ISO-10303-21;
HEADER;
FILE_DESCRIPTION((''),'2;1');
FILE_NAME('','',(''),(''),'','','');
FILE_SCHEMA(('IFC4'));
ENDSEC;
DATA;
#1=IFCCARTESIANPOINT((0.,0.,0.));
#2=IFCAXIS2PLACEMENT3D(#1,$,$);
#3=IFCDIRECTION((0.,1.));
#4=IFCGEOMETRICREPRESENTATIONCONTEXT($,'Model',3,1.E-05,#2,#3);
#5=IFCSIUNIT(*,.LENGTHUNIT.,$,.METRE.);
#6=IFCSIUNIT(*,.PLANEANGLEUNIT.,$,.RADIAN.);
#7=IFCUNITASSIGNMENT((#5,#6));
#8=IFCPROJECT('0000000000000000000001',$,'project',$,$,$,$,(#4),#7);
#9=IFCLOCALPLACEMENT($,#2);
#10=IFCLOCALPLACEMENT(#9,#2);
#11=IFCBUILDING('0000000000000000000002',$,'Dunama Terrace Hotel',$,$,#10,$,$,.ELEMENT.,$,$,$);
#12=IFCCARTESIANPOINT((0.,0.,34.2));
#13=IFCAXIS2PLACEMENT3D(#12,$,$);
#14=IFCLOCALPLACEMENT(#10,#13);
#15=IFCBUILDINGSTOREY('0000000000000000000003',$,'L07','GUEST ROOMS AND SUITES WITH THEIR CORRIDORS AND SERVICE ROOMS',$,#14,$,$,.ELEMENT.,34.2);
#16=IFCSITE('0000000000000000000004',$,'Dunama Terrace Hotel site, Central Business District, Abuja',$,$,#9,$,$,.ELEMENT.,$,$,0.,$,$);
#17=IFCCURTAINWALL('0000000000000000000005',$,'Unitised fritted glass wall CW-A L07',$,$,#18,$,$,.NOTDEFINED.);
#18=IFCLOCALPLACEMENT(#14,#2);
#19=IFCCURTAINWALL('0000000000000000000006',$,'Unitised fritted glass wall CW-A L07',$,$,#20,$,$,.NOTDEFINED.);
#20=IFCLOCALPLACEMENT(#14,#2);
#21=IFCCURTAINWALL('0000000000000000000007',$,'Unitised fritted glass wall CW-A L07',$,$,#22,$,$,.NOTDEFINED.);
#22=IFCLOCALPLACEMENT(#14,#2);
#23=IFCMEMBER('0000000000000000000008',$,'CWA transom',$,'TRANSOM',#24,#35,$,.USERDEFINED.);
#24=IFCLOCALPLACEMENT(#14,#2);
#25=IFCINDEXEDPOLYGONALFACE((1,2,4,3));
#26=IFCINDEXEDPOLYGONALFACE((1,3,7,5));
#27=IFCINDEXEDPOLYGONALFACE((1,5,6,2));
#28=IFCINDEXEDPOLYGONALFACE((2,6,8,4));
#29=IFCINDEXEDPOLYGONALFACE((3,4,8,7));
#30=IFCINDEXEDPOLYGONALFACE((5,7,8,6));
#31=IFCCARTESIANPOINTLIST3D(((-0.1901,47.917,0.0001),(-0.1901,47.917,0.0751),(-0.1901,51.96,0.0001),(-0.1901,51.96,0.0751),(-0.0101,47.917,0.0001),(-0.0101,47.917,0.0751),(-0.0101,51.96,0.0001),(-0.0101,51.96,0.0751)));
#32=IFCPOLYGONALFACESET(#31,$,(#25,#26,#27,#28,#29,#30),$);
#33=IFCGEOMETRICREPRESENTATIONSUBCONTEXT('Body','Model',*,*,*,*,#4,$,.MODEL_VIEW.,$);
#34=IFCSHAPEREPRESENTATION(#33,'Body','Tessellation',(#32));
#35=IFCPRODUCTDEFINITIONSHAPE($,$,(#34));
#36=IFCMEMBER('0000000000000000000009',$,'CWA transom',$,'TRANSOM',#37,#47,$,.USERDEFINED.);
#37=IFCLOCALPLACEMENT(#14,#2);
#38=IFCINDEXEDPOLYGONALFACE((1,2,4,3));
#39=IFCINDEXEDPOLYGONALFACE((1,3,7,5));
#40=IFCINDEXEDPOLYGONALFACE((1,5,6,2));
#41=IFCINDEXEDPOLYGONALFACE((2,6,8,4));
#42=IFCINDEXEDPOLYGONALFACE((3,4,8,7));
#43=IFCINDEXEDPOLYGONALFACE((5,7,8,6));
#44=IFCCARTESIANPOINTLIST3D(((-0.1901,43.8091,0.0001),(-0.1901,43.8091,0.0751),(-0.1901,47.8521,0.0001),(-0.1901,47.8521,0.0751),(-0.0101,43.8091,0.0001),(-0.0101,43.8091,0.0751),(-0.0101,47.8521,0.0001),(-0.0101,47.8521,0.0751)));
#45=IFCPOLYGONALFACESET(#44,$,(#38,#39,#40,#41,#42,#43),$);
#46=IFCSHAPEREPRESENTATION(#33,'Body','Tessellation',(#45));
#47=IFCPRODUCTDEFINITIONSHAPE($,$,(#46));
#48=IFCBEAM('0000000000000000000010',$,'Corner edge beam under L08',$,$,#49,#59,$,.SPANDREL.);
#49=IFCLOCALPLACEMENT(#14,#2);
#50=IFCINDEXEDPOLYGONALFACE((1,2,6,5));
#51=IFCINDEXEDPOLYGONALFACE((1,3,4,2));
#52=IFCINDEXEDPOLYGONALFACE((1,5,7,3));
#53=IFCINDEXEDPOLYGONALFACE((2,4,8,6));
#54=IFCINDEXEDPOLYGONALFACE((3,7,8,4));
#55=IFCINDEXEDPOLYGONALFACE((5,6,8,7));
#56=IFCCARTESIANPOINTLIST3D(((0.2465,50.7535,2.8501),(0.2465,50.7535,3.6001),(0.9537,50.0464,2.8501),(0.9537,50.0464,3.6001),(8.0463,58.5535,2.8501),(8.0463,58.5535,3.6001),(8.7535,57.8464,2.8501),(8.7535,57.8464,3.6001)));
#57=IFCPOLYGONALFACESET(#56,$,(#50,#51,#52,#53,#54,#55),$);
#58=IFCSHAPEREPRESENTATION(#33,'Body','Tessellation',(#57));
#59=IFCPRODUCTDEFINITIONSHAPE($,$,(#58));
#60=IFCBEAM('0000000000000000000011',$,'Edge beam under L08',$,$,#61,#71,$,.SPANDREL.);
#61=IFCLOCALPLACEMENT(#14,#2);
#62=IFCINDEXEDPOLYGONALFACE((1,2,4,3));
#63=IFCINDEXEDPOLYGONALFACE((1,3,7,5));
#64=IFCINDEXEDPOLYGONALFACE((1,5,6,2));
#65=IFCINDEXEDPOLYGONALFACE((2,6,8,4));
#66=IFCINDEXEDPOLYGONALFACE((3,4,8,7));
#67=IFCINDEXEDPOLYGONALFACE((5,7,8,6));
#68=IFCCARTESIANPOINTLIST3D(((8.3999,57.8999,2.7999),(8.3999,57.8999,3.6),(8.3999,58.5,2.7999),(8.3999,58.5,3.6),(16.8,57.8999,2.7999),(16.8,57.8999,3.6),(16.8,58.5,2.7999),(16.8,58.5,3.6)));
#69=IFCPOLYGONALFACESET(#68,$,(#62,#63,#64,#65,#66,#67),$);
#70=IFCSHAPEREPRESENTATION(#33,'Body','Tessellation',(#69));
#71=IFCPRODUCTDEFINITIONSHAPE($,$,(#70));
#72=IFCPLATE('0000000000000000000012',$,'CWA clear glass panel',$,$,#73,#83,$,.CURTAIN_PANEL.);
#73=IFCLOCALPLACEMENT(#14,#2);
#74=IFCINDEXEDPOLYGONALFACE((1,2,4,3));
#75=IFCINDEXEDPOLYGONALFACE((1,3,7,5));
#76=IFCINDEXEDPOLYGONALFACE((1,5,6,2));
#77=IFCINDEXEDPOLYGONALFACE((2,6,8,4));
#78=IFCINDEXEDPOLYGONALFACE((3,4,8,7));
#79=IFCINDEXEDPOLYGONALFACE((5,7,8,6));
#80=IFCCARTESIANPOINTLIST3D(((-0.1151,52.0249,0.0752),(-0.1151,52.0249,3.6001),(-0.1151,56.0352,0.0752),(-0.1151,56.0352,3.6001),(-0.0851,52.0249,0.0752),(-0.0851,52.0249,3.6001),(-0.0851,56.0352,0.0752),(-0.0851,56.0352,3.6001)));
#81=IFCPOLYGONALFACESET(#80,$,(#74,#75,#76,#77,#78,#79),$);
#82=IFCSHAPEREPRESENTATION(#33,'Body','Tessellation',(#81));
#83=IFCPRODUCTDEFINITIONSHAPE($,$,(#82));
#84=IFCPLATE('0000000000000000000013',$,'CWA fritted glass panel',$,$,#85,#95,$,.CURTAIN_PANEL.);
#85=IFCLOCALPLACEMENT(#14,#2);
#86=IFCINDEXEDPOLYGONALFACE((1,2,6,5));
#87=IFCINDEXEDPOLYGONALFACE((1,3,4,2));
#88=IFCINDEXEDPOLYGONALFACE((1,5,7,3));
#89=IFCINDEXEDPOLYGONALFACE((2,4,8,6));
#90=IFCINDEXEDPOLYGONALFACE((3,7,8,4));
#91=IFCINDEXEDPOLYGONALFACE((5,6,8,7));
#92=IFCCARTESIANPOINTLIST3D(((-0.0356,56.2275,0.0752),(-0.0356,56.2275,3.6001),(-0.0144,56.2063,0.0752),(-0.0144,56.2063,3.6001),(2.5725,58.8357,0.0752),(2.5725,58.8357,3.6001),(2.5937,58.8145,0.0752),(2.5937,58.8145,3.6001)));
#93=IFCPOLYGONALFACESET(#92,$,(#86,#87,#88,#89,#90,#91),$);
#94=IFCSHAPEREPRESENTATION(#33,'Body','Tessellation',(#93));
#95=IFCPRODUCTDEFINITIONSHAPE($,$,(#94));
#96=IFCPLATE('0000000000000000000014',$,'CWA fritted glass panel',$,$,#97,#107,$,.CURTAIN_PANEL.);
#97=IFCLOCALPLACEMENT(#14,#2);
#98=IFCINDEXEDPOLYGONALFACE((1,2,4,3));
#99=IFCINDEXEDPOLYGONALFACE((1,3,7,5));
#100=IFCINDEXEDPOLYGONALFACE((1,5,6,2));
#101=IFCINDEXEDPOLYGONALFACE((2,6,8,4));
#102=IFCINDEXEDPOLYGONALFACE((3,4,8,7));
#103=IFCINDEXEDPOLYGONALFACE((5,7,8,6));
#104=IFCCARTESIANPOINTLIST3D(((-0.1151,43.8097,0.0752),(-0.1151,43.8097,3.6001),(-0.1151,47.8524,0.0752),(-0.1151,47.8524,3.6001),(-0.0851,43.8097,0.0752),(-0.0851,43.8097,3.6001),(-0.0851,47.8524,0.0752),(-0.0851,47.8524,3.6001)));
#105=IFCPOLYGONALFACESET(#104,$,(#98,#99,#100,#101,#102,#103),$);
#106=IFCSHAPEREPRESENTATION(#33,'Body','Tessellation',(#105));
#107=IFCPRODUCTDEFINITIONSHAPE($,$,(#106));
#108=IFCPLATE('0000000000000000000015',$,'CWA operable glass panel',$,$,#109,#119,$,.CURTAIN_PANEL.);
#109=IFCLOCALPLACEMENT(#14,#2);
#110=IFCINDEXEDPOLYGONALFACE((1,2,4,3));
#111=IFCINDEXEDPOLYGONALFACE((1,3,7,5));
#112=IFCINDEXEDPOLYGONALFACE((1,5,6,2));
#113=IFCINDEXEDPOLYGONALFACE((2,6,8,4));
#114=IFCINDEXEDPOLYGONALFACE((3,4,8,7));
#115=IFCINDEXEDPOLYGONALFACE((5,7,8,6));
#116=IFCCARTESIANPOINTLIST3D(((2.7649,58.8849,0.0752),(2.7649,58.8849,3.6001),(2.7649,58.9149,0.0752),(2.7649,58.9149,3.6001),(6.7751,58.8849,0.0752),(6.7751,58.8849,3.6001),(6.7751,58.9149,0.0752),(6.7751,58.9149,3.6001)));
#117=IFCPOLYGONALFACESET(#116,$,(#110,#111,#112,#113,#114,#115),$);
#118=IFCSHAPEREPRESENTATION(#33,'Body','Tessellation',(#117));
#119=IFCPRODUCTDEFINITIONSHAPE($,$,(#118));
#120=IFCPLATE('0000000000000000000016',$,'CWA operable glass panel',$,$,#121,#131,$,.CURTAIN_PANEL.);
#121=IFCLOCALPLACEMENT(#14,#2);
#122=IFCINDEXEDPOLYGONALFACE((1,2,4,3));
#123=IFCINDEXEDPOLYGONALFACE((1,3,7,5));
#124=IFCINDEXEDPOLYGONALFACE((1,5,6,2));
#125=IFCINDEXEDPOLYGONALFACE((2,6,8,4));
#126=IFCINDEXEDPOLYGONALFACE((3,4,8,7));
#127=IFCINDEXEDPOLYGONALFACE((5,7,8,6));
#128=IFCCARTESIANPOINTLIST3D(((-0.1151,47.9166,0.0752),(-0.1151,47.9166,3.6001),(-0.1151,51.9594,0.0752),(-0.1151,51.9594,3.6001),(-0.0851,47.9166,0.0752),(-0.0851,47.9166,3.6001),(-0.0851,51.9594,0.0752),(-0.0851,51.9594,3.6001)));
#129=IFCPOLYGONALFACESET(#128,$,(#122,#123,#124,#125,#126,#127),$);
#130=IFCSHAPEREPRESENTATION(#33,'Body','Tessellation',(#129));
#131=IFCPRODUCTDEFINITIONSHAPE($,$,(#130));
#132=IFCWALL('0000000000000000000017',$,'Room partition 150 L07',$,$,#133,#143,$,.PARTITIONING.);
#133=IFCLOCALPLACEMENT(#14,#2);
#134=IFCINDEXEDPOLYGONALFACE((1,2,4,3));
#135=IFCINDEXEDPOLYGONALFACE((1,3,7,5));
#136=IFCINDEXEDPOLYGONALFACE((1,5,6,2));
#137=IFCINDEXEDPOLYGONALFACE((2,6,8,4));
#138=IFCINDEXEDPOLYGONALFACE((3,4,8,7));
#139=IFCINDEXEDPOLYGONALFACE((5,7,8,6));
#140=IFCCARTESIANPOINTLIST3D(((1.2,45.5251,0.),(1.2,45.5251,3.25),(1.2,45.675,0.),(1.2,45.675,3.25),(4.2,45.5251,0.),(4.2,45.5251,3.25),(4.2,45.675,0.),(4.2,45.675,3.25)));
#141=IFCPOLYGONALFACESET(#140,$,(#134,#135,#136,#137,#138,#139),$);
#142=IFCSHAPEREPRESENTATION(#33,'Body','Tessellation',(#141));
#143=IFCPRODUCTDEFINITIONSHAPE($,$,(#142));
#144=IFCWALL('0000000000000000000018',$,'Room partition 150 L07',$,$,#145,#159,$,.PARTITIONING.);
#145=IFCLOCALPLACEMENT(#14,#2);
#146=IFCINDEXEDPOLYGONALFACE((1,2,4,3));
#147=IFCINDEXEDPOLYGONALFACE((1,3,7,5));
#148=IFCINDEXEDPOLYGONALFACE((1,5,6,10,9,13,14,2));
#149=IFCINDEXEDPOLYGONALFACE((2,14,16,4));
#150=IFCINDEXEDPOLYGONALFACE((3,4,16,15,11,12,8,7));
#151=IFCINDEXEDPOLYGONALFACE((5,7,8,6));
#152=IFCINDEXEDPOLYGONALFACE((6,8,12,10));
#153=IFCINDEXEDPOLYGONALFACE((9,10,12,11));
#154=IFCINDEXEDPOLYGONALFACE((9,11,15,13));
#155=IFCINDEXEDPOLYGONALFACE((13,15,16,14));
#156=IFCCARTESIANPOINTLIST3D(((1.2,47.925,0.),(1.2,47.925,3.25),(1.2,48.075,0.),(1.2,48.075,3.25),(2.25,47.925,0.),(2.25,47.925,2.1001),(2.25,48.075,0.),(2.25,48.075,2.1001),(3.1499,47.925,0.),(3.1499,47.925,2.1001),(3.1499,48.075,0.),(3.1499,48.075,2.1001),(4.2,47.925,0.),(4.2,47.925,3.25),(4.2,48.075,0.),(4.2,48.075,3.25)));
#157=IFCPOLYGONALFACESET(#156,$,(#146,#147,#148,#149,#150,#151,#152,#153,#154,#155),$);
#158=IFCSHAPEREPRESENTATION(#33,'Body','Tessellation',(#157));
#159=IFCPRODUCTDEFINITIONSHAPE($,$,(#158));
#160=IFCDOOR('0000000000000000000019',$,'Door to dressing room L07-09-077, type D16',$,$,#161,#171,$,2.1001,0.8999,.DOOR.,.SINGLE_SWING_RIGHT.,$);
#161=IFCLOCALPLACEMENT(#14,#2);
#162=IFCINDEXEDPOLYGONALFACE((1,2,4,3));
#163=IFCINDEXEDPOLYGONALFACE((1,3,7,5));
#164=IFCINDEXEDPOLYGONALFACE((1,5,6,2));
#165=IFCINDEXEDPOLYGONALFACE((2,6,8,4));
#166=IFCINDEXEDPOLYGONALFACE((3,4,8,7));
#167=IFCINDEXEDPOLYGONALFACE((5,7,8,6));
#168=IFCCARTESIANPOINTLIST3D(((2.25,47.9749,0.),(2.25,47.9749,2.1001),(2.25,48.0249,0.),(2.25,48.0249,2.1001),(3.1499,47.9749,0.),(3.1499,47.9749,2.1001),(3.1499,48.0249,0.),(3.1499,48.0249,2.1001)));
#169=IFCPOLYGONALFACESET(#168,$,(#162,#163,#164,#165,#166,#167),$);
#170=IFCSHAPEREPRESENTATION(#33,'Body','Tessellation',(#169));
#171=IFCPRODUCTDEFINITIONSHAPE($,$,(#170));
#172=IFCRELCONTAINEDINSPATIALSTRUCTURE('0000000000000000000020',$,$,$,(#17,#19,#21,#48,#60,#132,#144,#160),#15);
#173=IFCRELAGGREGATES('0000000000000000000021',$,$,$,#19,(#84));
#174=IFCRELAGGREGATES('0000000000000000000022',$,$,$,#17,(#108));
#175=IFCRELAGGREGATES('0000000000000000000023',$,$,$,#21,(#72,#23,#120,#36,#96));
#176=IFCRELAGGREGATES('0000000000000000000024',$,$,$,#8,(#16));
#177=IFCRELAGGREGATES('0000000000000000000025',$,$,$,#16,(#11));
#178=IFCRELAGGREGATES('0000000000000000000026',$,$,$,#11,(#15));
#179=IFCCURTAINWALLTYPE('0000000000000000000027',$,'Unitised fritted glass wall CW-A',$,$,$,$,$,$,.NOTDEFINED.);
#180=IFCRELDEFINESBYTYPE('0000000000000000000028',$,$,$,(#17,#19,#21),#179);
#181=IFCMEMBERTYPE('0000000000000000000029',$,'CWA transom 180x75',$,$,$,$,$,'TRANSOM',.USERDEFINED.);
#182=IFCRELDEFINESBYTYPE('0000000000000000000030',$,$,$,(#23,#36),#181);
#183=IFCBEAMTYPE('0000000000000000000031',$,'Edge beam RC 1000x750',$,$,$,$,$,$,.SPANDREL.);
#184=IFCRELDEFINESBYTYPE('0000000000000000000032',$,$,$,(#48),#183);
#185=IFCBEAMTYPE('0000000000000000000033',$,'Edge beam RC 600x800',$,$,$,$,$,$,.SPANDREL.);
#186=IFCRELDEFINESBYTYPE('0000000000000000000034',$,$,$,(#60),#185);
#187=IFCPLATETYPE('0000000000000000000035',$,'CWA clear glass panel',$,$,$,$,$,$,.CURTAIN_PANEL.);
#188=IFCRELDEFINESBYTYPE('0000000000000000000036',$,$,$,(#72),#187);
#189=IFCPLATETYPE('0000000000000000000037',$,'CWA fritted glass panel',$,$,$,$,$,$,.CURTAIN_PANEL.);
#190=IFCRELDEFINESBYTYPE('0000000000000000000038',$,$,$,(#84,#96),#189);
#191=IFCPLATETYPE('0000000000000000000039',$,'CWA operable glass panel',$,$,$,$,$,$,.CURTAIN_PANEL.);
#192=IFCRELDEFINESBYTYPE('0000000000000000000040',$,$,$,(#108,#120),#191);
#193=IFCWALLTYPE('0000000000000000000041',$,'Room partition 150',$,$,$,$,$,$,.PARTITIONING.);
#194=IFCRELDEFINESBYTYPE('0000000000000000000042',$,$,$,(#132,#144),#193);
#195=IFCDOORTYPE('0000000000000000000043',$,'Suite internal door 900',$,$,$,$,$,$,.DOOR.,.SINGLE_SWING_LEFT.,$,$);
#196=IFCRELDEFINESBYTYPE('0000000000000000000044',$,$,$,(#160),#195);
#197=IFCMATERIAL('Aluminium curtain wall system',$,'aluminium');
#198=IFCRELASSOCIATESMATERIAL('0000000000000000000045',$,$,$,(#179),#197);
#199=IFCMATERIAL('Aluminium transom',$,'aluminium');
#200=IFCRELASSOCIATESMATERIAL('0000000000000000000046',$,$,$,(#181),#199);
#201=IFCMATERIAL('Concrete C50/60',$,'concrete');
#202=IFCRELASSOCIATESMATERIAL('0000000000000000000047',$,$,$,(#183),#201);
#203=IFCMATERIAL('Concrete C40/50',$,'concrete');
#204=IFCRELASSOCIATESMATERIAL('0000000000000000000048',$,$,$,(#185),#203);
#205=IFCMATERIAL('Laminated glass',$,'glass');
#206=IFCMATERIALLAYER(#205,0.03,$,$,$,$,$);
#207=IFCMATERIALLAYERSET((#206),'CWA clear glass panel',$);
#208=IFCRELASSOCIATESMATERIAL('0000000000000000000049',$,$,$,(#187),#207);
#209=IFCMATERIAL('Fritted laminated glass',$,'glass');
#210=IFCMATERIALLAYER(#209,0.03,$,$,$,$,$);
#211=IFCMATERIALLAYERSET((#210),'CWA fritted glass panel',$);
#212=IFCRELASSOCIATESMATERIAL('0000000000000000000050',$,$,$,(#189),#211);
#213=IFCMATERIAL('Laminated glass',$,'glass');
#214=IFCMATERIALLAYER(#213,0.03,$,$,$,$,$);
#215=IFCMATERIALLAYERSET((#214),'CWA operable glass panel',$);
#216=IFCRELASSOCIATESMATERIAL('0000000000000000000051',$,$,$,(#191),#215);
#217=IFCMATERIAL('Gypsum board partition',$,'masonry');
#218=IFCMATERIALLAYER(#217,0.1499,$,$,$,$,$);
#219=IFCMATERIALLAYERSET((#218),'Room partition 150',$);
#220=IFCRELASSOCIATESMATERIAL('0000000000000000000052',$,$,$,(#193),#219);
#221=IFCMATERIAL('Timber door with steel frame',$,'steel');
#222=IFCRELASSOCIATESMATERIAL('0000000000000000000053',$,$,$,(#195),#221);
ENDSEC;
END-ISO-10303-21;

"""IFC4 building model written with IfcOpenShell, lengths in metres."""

from ifc_helpers import new_model, si_unit, direction, frame, frame_2d, origin, origin_2d, place, context, subcontext, project, spatial, rectangle, extrude, material, layer, layer_set, material_profile, profile_set, type_object, element, fill, aggregate, save


model = new_model("IFC4")

# Units and contexts
model_context = context("Model", 3, precision=1e-05, world=origin(), true_north=direction((0.0, 1.0)))
body_context = subcontext(model_context, "Body", "Model", "MODEL_VIEW")
ifc_project = project(units=[si_unit("LENGTHUNIT", "METRE"), si_unit("PLANEANGLEUNIT", "RADIAN")], contexts=[model_context])

# Site, building, storey
site_placement = place(None, origin())
site = spatial("IfcSite", under=ifc_project, at=site_placement, Name="Dunama Terrace Hotel site, Central Business District, Abuja", CompositionType="ELEMENT", RefElevation=0.0)
building_placement = place(site_placement, origin())
building = spatial("IfcBuilding", under=site, at=building_placement, Name="Dunama Terrace Hotel", CompositionType="ELEMENT")
storey_placement = place(building_placement, frame((0.0, 0.0, 34.2)))
storey = spatial("IfcBuildingStorey", under=building, at=storey_placement, Name="L07", Description="GUEST ROOMS AND SUITES WITH THEIR CORRIDORS AND SERVICE ROOMS", CompositionType="ELEMENT", Elevation=34.2)

# Curtain walls
ifc_material_1 = material(Name="Aluminium curtain wall system", Category="aluminium")
curtain_wall_type = type_object("IfcCurtainWallType", Name="Unitised fritted glass wall CW-A", PredefinedType="NOTDEFINED", material=ifc_material_1)
curtain_wall_1_placement = place(storey_placement, origin())
curtain_wall_1 = element("IfcCurtainWall", 1, at=curtain_wall_1_placement, inside=storey, type_object=curtain_wall_type, Name="Unitised fritted glass wall CW-A L07", PredefinedType="NOTDEFINED")
curtain_wall_2_placement = place(storey_placement, origin())
curtain_wall_2 = element("IfcCurtainWall", 2, at=curtain_wall_2_placement, inside=storey, type_object=curtain_wall_type, Name="Unitised fritted glass wall CW-A L07", PredefinedType="NOTDEFINED")
curtain_wall_3_placement = place(storey_placement, origin())
curtain_wall_3 = element("IfcCurtainWall", 3, at=curtain_wall_3_placement, inside=storey, type_object=curtain_wall_type, Name="Unitised fritted glass wall CW-A L07", PredefinedType="NOTDEFINED")

# Members
ifc_material_2 = material(Name="Aluminium transom", Category="aluminium")
ifc_material_profile_1 = material_profile(ifc_material_2, rectangle(XDim=0.1799, YDim=0.075, at=origin_2d()), Name="CWA TRANSOM 180X75")
ifc_profile_set_1 = profile_set([ifc_material_profile_1], Name="Aluminium transom")
member_type_1 = type_object("IfcMemberType", Name="CWA transom 180x75", ElementType="TRANSOM", PredefinedType="USERDEFINED", material=ifc_profile_set_1)
member_1_placement = place(storey_placement, frame((-0.1001, 51.96, 0.0376), z_axis=(0.0, -1.0, 0.0), x_axis=(1.0, 0.0, 0.0)))
member_1 = element("IfcMember", 4, at=member_1_placement, type_object=member_type_1, Name="CWA transom", ObjectType="TRANSOM", PredefinedType="USERDEFINED", context=body_context, shape_type="SweptSolid", body=[
    extrude(rectangle(XDim=0.1799, YDim=0.075, at=origin_2d()), origin(), (0.0, 0.0, 1.0), 4.043),
])
member_2_placement = place(storey_placement, frame((-0.1001, 47.8521, 0.0376), z_axis=(0.0, -1.0, 0.0), x_axis=(1.0, 0.0, 0.0)))
member_2 = element("IfcMember", 5, at=member_2_placement, type_object=member_type_1, Name="CWA transom", ObjectType="TRANSOM", PredefinedType="USERDEFINED", context=body_context, shape_type="SweptSolid", body=[
    extrude(rectangle(XDim=0.1799, YDim=0.075, at=origin_2d()), origin(), (0.0, 0.0, 1.0), 4.043),
])

# Beams
ifc_material_3 = material(Name="Concrete C50/60", Category="concrete")
ifc_material_profile_2 = material_profile(ifc_material_3, rectangle(XDim=1.0, YDim=0.75, at=origin_2d()), Name="RC 1000x750")
ifc_profile_set_2 = profile_set([ifc_material_profile_2], Name="Concrete C50/60")
beam_type_1 = type_object("IfcBeamType", Name="Edge beam RC 1000x750", PredefinedType="SPANDREL", material=ifc_profile_set_2)
beam_1_placement = place(storey_placement, frame((8.3999, 58.2, 3.2251), z_axis=(-0.707096, -0.707118, 0.0), x_axis=(0.707118, -0.707096, 0.0)))
element("IfcBeam", 6, at=beam_1_placement, inside=storey, type_object=beam_type_1, Name="Corner edge beam under L08", PredefinedType="SPANDREL", context=body_context, shape_type="SweptSolid", body=[
    extrude(rectangle(XDim=1.0, YDim=0.75, at=origin_2d()), origin(), (0.0, 0.0, 1.0), 11.0308),
])
ifc_material_4 = material(Name="Concrete C40/50", Category="concrete")
ifc_material_profile_3 = material_profile(ifc_material_4, rectangle(XDim=0.6001, YDim=0.8, at=origin_2d()), Name="RC 600x800")
ifc_profile_set_3 = profile_set([ifc_material_profile_3], Name="Concrete C40/50")
beam_type_2 = type_object("IfcBeamType", Name="Edge beam RC 600x800", PredefinedType="SPANDREL", material=ifc_profile_set_3)
beam_2_placement = place(storey_placement, frame((8.3999, 58.2, 3.2), z_axis=(1.0, 0.0, 0.0), x_axis=(0.0, 1.0, 0.0)))
element("IfcBeam", 7, at=beam_2_placement, inside=storey, type_object=beam_type_2, Name="Edge beam under L08", PredefinedType="SPANDREL", context=body_context, shape_type="SweptSolid", body=[
    extrude(rectangle(XDim=0.6001, YDim=0.8, at=origin_2d()), origin(), (0.0, 0.0, 1.0), 8.4001),
])

# Plates
ifc_material_5 = material(Name="Laminated glass", Category="glass")
ifc_layer_1 = layer(ifc_material_5, 0.03)
ifc_layer_set_1 = layer_set([ifc_layer_1], Name="CWA clear glass panel")
plate_type_1 = type_object("IfcPlateType", Name="CWA clear glass panel", PredefinedType="CURTAIN_PANEL", material=ifc_layer_set_1)
plate_1_placement = place(storey_placement, frame((-0.1001, 54.03, 0.0752), z_axis=(0.0, 0.0, 1.0), x_axis=(0.0, -1.0, 0.0)))
plate_1 = element("IfcPlate", 8, at=plate_1_placement, type_object=plate_type_1, Name="CWA clear glass panel", PredefinedType="CURTAIN_PANEL", context=body_context, shape_type="SweptSolid", body=[
    extrude(rectangle(XDim=4.0103, YDim=0.03, at=origin_2d()), origin(), (0.0, 0.0, 1.0), 3.5249),
])
ifc_material_6 = material(Name="Fritted laminated glass", Category="glass")
ifc_layer_2 = layer(ifc_material_6, 0.03)
ifc_layer_set_2 = layer_set([ifc_layer_2], Name="CWA fritted glass panel")
plate_type_2 = type_object("IfcPlateType", Name="CWA fritted glass panel", PredefinedType="CURTAIN_PANEL", material=ifc_layer_set_2)
plate_2_placement = place(storey_placement, frame((1.2791, 57.521, 0.0752), z_axis=(0.0, 0.0, 1.0), x_axis=(-0.707107, -0.707107, 0.0)))
plate_2 = element("IfcPlate", 9, at=plate_2_placement, type_object=plate_type_2, Name="CWA fritted glass panel", PredefinedType="CURTAIN_PANEL", context=body_context, shape_type="SweptSolid", body=[
    extrude(rectangle(XDim=3.6885, YDim=0.03, at=origin_2d()), origin(), (0.0, 0.0, 1.0), 3.5249),
])
aggregate(curtain_wall_2, [plate_2])
plate_3_placement = place(storey_placement, frame((-0.1001, 45.8311, 0.0752), z_axis=(0.0, 0.0, 1.0), x_axis=(0.0, -1.0, 0.0)))
plate_3 = element("IfcPlate", 10, at=plate_3_placement, type_object=plate_type_2, Name="CWA fritted glass panel", PredefinedType="CURTAIN_PANEL", context=body_context, shape_type="SweptSolid", body=[
    extrude(rectangle(XDim=4.0427, YDim=0.03, at=origin_2d()), origin(), (0.0, 0.0, 1.0), 3.5249),
])
ifc_material_7 = material(Name="Laminated glass", Category="glass")
ifc_layer_3 = layer(ifc_material_7, 0.03)
ifc_layer_set_3 = layer_set([ifc_layer_3], Name="CWA operable glass panel")
plate_type_3 = type_object("IfcPlateType", Name="CWA operable glass panel", PredefinedType="CURTAIN_PANEL", material=ifc_layer_set_3)
plate_4_placement = place(storey_placement, frame((4.77, 58.8999, 0.0752), z_axis=(0.0, 0.0, 1.0), x_axis=(-1.0, 0.0, 0.0)))
plate_4 = element("IfcPlate", 11, at=plate_4_placement, type_object=plate_type_3, Name="CWA operable glass panel", PredefinedType="CURTAIN_PANEL", context=body_context, shape_type="SweptSolid", body=[
    extrude(rectangle(XDim=4.0103, YDim=0.03, at=origin_2d()), origin(), (0.0, 0.0, 1.0), 3.5249),
])
aggregate(curtain_wall_1, [plate_4])
plate_5_placement = place(storey_placement, frame((-0.1001, 49.938, 0.0752), z_axis=(0.0, 0.0, 1.0), x_axis=(0.0, -1.0, 0.0)))
plate_5 = element("IfcPlate", 12, at=plate_5_placement, type_object=plate_type_3, Name="CWA operable glass panel", PredefinedType="CURTAIN_PANEL", context=body_context, shape_type="SweptSolid", body=[
    extrude(rectangle(XDim=4.0427, YDim=0.03, at=origin_2d()), origin(), (0.0, 0.0, 1.0), 3.5249),
])
aggregate(curtain_wall_3, [plate_1, member_1, plate_5, member_2, plate_3])

# Wall
ifc_material_8 = material(Name="Gypsum board partition", Category="masonry")
ifc_layer_4 = layer(ifc_material_8, 0.1499)
ifc_layer_set_4 = layer_set([ifc_layer_4], Name="Room partition 150")
wall_type = type_object("IfcWallType", Name="Room partition 150", PredefinedType="PARTITIONING", material=ifc_layer_set_4)
wall_1_placement = place(storey_placement, frame((1.2, 45.6001, 0.0), z_axis=(0.0, 0.0, 1.0), x_axis=(1.0, 0.0, 0.0)))
element("IfcWall", 13, at=wall_1_placement, inside=storey, type_object=wall_type, Name="Room partition 150 L07", PredefinedType="PARTITIONING", context=body_context, shape_type="SweptSolid", body=[
    extrude(rectangle(XDim=3.0, YDim=0.1499, at=frame_2d((1.5, 0.0))), origin(), (0.0, 0.0, 1.0), 3.25),
])

# Wall, opening, door
wall_2_placement = place(storey_placement, frame((1.2, 48.0, 0.0), z_axis=(0.0, 0.0, 1.0), x_axis=(1.0, 0.0, 0.0)))
wall_2 = element("IfcWall", 14, at=wall_2_placement, inside=storey, type_object=wall_type, Name="Room partition 150 L07", PredefinedType="PARTITIONING", context=body_context, shape_type="SweptSolid", body=[
    extrude(rectangle(XDim=3.0, YDim=0.1499, at=frame_2d((1.5, 0.0))), origin(), (0.0, 0.0, 1.0), 3.25),
])
opening_placement = place(wall_2_placement, frame((1.05, 0.0, 0.0)))
opening = element("IfcOpeningElement", 15, at=opening_placement, cuts=wall_2, PredefinedType="OPENING", context=body_context, shape_type="SweptSolid", body=[
    extrude(rectangle(XDim=0.8999, YDim=2.1001, at=frame_2d((0.45, 1.05))), frame((0.0, 0.085, 0.0), z_axis=(0.0, -1.0, 0.0), x_axis=(1.0, 0.0, 0.0)), (0.0, 0.0, 1.0), 0.1699),
])
ifc_material_9 = material(Name="Timber door with steel frame", Category="steel")
door_type = type_object("IfcDoorType", Name="Suite internal door 900", OperationType="SINGLE_SWING_LEFT", PredefinedType="DOOR", material=ifc_material_9)
door_placement = place(opening_placement, frame((0.8999, 0.0, 0.0), z_axis=(0.0, 0.0, 1.0), x_axis=(-1.0, 0.0, 0.0)))
door = element("IfcDoor", 16, at=door_placement, inside=storey, type_object=door_type, Name="Door to dressing room L07-09-077, type D16", OperationType="SINGLE_SWING_RIGHT", OverallHeight=2.1001, OverallWidth=0.8999, PredefinedType="DOOR", context=body_context, shape_type="SweptSolid", body=[
    extrude(rectangle(XDim=0.8999, YDim=2.1001, at=frame_2d((0.45, 1.05))), frame((0.0, 0.0251, 0.0), z_axis=(0.0, -1.0, 0.0), x_axis=(1.0, 0.0, 0.0)), (0.0, 0.0, 1.0), 0.05),
])
fill(opening, door)

save(model, "model.ifc")
